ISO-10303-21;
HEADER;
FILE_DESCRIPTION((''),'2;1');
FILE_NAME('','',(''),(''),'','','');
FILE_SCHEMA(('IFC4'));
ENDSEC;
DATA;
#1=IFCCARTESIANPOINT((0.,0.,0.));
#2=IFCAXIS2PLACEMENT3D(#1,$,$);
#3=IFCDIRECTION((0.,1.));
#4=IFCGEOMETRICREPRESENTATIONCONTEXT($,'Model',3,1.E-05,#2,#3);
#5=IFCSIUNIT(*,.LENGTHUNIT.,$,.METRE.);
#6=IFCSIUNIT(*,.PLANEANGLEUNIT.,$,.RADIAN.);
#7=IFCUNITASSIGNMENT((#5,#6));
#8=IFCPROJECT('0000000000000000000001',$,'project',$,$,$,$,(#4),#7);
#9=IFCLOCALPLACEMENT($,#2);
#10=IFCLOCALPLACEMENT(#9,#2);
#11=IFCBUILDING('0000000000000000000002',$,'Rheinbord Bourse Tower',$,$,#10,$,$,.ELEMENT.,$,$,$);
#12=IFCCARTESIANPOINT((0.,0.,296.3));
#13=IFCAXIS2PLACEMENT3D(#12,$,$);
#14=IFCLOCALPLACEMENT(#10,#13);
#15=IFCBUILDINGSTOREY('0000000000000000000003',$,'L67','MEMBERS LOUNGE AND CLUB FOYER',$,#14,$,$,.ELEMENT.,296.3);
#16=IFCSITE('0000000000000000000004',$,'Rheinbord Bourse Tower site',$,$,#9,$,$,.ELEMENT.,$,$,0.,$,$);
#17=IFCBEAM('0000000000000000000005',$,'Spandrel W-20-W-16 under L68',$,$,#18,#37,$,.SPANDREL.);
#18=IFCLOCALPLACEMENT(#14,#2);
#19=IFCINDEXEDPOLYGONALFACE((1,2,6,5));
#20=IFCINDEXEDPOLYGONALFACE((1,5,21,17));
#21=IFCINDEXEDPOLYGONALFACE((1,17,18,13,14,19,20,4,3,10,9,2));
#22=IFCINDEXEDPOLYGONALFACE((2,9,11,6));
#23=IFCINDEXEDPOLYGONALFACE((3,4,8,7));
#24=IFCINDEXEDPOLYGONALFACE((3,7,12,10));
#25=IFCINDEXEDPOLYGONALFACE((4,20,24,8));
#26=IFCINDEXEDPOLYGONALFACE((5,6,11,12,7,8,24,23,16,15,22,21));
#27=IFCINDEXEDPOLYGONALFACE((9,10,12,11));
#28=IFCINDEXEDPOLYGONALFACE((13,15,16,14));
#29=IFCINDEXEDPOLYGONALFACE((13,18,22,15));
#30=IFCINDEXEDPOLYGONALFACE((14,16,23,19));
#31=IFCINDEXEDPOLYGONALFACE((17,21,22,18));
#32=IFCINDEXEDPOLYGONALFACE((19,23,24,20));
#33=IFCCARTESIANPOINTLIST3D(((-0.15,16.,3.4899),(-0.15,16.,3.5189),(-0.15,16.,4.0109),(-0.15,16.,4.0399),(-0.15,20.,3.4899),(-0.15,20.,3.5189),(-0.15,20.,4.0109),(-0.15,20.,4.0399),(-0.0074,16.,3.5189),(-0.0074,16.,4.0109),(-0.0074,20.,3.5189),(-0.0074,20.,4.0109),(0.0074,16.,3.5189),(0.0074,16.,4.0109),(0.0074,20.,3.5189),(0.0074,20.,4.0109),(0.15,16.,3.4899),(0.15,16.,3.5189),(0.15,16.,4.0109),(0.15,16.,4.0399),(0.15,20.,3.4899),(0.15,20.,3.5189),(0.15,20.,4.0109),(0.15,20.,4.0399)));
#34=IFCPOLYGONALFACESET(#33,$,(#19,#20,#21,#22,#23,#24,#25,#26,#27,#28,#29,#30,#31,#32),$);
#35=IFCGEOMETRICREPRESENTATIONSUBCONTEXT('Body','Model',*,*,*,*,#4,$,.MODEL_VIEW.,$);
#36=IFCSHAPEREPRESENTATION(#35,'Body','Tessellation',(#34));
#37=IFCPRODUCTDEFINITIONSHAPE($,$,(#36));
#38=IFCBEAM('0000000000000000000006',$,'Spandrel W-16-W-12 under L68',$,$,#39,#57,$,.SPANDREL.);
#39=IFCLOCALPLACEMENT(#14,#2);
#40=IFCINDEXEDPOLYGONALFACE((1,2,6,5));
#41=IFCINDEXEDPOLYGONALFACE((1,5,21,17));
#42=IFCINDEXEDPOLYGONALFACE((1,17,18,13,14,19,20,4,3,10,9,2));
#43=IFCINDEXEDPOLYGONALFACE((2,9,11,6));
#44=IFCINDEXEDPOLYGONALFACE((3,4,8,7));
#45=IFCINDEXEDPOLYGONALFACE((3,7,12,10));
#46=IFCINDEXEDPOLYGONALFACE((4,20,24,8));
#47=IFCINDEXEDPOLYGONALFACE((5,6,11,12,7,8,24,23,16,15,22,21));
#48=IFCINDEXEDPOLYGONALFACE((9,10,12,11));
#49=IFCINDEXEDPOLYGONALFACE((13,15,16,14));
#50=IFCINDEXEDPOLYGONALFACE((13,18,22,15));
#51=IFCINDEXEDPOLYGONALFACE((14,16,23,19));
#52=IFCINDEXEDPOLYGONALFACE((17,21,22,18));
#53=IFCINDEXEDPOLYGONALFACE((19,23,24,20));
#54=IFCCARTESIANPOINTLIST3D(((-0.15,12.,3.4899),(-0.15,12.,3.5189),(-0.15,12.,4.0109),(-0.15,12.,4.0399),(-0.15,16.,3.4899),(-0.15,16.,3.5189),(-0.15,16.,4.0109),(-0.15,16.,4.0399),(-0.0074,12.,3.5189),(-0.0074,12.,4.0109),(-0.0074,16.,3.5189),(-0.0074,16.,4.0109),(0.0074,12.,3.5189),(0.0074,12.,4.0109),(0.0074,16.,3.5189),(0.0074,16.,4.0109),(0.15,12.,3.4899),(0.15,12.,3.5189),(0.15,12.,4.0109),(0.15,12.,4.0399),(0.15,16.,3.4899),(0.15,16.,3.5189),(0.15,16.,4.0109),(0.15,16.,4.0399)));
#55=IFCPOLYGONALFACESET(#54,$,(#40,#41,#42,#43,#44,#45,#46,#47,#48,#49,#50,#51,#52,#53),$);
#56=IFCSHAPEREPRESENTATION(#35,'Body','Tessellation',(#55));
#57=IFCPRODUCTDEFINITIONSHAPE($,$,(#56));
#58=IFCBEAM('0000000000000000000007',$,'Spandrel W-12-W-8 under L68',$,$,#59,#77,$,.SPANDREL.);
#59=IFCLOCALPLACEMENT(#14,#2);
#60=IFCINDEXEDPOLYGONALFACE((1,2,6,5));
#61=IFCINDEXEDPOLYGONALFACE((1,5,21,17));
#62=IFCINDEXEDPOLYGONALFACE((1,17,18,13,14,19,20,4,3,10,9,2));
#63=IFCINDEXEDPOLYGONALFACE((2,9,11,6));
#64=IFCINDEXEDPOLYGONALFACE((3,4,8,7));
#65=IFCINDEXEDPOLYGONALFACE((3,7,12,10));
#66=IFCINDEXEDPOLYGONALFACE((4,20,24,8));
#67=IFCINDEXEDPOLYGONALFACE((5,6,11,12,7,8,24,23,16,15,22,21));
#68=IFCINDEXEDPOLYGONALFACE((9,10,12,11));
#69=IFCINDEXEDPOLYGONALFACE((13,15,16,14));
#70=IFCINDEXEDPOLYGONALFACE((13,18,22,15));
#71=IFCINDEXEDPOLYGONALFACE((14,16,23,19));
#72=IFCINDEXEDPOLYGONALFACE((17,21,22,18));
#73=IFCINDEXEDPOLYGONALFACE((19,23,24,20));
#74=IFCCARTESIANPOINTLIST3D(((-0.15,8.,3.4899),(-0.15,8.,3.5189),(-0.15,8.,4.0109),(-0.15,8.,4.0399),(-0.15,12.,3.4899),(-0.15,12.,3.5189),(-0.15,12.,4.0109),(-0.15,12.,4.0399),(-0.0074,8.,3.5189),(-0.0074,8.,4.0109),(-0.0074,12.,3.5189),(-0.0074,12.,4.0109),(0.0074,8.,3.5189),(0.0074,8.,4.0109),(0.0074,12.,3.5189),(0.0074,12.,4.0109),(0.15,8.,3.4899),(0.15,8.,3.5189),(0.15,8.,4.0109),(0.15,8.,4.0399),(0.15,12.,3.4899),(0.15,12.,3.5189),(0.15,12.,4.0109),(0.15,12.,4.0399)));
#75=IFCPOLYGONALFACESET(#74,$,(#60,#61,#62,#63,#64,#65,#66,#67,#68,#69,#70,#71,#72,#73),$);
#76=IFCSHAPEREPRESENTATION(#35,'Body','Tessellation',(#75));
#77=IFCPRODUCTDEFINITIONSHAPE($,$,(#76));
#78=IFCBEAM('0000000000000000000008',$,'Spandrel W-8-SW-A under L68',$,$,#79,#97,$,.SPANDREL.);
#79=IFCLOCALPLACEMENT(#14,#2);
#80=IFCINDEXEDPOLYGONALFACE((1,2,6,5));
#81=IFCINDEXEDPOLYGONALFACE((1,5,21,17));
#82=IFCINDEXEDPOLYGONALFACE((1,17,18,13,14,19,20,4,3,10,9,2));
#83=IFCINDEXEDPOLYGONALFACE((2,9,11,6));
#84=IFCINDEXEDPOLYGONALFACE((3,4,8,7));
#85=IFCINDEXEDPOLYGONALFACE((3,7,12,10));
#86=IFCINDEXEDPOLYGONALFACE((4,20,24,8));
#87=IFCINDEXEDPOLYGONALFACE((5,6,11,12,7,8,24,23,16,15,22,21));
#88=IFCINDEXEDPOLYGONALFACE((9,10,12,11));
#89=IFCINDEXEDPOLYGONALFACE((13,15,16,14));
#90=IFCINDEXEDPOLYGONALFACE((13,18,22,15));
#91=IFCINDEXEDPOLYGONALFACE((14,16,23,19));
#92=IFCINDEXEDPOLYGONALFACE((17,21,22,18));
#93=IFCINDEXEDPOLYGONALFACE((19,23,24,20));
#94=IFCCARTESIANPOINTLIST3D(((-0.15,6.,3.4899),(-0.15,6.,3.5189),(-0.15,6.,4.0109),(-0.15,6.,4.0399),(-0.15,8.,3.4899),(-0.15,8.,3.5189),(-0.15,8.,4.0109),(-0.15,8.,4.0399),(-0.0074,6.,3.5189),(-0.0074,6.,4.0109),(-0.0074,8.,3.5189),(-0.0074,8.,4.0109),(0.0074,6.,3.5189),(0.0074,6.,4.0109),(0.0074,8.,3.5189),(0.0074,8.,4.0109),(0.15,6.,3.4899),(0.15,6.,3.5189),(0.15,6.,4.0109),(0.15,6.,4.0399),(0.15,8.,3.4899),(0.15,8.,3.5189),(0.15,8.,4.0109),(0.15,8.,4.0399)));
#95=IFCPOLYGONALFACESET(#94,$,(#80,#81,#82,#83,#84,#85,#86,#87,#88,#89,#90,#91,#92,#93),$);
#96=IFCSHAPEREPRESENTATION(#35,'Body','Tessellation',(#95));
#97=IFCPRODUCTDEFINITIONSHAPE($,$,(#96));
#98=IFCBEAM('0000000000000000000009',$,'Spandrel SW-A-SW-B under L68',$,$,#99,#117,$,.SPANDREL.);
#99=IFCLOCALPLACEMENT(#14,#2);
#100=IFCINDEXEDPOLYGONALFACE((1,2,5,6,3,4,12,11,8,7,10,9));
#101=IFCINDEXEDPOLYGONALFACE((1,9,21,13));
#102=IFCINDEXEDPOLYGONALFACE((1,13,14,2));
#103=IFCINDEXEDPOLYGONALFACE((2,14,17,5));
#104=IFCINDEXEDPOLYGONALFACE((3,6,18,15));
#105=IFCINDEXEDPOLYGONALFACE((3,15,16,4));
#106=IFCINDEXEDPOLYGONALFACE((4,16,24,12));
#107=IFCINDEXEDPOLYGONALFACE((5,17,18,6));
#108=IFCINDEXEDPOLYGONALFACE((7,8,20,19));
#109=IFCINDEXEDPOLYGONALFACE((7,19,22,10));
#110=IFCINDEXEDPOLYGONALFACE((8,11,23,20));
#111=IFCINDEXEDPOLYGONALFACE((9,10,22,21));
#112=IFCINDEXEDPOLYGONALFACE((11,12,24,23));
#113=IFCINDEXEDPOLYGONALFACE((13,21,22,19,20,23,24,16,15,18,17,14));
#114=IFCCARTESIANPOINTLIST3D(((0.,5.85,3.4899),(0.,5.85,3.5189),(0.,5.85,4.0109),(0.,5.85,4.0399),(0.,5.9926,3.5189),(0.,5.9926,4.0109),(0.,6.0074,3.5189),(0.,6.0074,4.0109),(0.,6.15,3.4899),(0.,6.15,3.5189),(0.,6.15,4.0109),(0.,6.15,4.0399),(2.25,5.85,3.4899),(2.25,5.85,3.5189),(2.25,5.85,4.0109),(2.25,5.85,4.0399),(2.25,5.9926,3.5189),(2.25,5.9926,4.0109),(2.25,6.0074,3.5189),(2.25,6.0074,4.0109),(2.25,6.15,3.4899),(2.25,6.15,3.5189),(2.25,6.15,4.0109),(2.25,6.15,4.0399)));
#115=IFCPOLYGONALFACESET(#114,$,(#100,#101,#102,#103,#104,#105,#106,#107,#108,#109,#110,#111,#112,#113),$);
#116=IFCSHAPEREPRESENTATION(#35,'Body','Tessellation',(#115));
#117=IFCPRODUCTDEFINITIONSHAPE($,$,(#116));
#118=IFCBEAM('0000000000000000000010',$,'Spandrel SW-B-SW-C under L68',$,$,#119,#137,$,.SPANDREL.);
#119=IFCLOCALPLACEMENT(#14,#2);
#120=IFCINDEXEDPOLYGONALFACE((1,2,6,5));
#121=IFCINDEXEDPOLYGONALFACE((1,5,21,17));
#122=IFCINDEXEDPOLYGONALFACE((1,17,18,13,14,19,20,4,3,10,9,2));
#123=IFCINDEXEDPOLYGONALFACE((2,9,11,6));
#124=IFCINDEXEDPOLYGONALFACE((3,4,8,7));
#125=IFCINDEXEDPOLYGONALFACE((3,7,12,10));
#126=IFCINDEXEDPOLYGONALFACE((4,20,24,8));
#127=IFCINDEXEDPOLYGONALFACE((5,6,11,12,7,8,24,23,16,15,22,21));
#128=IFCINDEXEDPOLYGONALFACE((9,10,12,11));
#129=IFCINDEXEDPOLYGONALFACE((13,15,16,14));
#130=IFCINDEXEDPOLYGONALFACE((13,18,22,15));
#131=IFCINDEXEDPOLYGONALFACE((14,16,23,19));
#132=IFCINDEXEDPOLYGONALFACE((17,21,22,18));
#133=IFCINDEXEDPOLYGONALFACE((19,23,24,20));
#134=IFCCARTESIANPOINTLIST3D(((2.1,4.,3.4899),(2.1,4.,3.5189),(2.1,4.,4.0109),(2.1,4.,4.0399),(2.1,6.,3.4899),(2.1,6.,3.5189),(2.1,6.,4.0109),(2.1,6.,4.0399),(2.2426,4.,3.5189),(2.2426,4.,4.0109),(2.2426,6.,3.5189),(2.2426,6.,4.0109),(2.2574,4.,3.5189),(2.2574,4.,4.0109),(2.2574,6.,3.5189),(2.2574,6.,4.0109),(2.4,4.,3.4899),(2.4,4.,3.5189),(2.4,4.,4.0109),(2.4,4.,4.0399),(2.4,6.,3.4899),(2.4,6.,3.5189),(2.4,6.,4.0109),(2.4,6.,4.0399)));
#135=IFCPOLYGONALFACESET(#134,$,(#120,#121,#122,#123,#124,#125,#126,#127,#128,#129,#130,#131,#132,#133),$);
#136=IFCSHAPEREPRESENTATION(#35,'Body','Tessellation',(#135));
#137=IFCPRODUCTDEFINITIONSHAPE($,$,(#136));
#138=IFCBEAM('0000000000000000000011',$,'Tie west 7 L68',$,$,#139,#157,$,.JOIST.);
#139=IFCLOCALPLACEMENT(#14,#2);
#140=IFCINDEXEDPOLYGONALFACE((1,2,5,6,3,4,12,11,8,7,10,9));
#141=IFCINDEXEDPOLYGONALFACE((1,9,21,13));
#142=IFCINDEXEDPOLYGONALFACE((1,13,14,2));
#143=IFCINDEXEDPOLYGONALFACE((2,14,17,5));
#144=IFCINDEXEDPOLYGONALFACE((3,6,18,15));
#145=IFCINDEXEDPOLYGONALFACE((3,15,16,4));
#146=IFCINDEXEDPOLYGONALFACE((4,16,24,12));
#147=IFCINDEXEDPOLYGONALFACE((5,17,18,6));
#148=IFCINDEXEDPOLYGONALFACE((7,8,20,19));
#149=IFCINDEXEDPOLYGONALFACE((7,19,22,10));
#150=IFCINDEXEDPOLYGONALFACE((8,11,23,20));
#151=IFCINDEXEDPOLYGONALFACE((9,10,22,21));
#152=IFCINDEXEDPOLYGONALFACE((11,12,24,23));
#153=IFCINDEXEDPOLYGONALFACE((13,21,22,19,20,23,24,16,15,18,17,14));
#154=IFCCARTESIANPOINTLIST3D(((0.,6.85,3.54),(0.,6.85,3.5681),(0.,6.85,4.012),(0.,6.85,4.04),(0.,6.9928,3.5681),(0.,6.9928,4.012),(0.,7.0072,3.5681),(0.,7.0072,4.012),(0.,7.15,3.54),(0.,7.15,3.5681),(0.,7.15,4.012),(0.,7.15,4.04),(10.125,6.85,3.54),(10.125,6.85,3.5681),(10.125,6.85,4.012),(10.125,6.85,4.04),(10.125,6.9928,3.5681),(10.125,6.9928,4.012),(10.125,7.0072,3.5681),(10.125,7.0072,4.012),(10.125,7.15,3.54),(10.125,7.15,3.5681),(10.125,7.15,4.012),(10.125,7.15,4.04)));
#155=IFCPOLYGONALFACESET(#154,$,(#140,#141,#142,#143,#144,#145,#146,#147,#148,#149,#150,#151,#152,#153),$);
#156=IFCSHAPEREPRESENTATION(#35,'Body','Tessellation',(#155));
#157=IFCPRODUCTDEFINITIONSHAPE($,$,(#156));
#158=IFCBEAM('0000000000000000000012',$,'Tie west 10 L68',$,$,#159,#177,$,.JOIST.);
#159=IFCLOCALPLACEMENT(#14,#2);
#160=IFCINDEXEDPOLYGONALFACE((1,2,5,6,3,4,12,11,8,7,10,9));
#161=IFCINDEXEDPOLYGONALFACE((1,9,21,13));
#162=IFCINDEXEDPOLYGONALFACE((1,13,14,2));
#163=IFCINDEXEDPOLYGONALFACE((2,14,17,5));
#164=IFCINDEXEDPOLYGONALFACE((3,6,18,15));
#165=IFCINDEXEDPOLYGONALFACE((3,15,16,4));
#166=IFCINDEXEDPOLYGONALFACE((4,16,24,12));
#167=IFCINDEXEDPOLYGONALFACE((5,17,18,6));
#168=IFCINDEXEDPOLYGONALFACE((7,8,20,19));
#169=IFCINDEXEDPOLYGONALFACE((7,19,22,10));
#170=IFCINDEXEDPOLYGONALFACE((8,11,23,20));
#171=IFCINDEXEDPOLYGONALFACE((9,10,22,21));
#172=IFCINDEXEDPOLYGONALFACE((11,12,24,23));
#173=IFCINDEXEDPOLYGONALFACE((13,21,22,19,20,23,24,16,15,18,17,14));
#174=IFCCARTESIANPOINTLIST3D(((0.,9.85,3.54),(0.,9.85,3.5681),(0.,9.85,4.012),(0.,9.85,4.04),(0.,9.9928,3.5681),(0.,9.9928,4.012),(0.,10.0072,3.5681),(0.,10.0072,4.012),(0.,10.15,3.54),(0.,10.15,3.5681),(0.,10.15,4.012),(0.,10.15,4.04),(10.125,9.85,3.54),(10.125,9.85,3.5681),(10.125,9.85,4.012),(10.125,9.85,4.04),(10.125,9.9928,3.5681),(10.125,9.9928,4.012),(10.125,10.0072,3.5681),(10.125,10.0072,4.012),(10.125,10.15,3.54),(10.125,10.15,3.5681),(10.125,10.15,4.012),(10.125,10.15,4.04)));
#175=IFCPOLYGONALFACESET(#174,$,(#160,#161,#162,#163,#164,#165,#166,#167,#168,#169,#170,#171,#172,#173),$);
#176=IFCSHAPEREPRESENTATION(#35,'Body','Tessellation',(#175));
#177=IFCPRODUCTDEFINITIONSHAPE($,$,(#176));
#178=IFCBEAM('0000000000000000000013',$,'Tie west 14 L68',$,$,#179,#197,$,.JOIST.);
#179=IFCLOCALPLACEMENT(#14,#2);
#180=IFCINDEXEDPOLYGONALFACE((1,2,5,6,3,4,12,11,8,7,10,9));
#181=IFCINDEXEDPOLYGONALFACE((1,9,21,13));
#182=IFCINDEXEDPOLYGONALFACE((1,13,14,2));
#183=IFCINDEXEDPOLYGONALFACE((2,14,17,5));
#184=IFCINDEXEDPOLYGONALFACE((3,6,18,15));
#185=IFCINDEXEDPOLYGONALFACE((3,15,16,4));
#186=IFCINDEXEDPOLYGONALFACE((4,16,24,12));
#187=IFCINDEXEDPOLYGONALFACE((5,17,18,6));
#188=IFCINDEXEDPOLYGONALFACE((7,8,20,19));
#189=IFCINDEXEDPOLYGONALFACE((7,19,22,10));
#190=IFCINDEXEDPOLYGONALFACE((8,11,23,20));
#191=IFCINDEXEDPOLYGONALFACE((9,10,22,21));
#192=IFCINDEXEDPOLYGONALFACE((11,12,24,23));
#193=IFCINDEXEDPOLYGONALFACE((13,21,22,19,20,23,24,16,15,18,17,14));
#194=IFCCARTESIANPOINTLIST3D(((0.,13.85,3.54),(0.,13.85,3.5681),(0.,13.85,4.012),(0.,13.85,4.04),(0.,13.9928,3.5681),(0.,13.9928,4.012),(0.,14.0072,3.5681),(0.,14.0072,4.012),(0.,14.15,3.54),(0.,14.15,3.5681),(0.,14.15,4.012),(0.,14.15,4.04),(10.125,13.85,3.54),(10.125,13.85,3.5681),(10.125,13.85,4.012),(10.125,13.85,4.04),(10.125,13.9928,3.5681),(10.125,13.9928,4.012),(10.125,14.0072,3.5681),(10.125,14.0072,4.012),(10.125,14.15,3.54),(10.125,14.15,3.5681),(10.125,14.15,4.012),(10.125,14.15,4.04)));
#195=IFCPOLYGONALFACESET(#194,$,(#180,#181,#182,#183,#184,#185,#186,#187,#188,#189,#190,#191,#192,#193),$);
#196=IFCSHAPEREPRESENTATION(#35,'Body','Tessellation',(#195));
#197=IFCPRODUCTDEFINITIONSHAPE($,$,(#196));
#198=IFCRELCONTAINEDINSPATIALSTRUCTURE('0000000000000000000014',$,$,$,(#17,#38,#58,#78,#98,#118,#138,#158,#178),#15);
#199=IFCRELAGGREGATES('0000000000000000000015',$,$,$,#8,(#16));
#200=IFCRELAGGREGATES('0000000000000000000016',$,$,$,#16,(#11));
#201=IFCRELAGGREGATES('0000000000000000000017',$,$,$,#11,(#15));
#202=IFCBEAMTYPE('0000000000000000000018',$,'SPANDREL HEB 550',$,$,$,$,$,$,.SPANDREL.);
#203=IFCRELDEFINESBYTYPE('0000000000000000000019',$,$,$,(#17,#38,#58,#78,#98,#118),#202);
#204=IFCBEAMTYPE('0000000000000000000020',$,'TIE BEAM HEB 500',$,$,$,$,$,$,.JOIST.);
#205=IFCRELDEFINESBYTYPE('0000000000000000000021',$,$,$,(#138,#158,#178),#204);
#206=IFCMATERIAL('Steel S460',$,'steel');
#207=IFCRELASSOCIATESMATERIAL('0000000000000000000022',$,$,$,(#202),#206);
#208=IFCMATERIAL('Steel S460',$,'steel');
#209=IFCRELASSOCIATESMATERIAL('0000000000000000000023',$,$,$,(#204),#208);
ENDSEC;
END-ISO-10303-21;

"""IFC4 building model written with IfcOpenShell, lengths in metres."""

from ifc_helpers import new_model, si_unit, direction, frame, origin, origin_2d, place, context, subcontext, project, spatial, i_section, extrude, material, material_profile, profile_set, type_object, element, save


model = new_model("IFC4")

# Units and contexts
model_context = context("Model", 3, precision=1e-05, world=origin(), true_north=direction((0.0, 1.0)))
body_context = subcontext(model_context, "Body", "Model", "MODEL_VIEW")
ifc_project = project(units=[si_unit("LENGTHUNIT", "METRE"), si_unit("PLANEANGLEUNIT", "RADIAN")], contexts=[model_context])

# Site, building, storey
site_placement = place(None, origin())
site = spatial("IfcSite", under=ifc_project, at=site_placement, Name="Rheinbord Bourse Tower site", CompositionType="ELEMENT", RefElevation=0.0)
building_placement = place(site_placement, origin())
building = spatial("IfcBuilding", under=site, at=building_placement, Name="Rheinbord Bourse Tower", CompositionType="ELEMENT")
storey_placement = place(building_placement, frame((0.0, 0.0, 296.3)))
storey = spatial("IfcBuildingStorey", under=building, at=storey_placement, Name="L67", Description="MEMBERS LOUNGE AND CLUB FOYER", CompositionType="ELEMENT", Elevation=296.3)

# Beams
ifc_material_1 = material(Name="Steel S460", Category="steel")
ifc_material_profile_1 = material_profile(ifc_material_1, i_section(OverallWidth=0.3, OverallDepth=0.55, WebThickness=0.0149, FlangeThickness=0.0291, at=origin_2d()), Name="HEB 550")
ifc_profile_set_1 = profile_set([ifc_material_profile_1], Name="Steel S460")
beam_type_1 = type_object("IfcBeamType", Name="SPANDREL HEB 550", PredefinedType="SPANDREL", material=ifc_profile_set_1)
for number, where, z_axis, x_axis, name in (
    (1, (0.0, 20.0, 3.7649), (0.0, -1.0, 0.0), (1.0, 0.0, 0.0), "Spandrel W-20-W-16 under L68"),
    (2, (0.0, 16.0, 3.7649), (0.0, -1.0, 0.0), (1.0, 0.0, 0.0), "Spandrel W-16-W-12 under L68"),
    (3, (0.0, 12.0, 3.7649), (0.0, -1.0, 0.0), (1.0, 0.0, 0.0), "Spandrel W-12-W-8 under L68"),
):
    element("IfcBeam", number, at=place(storey_placement, frame(where, z_axis=z_axis, x_axis=x_axis)), inside=storey, type_object=beam_type_1, Name=name, PredefinedType="SPANDREL", context=body_context, shape_type="SweptSolid", body=[
        extrude(i_section(OverallWidth=0.3, OverallDepth=0.55, WebThickness=0.0149, FlangeThickness=0.0291, at=origin_2d()), origin(), (0.0, 0.0, 1.0), 4.0),
    ])
beam_1_placement = place(storey_placement, frame((0.0, 8.0, 3.7649), z_axis=(0.0, -1.0, 0.0), x_axis=(1.0, 0.0, 0.0)))
element("IfcBeam", 4, at=beam_1_placement, inside=storey, type_object=beam_type_1, Name="Spandrel W-8-SW-A under L68", PredefinedType="SPANDREL", context=body_context, shape_type="SweptSolid", body=[
    extrude(i_section(OverallWidth=0.3, OverallDepth=0.55, WebThickness=0.0149, FlangeThickness=0.0291, at=origin_2d()), origin(), (0.0, 0.0, 1.0), 2.0),
])
beam_2_placement = place(storey_placement, frame((0.0, 6.0, 3.7649), z_axis=(1.0, 0.0, 0.0), x_axis=(0.0, 1.0, 0.0)))
element("IfcBeam", 5, at=beam_2_placement, inside=storey, type_object=beam_type_1, Name="Spandrel SW-A-SW-B under L68", PredefinedType="SPANDREL", context=body_context, shape_type="SweptSolid", body=[
    extrude(i_section(OverallWidth=0.3, OverallDepth=0.55, WebThickness=0.0149, FlangeThickness=0.0291, at=origin_2d()), origin(), (0.0, 0.0, 1.0), 2.25),
])
beam_3_placement = place(storey_placement, frame((2.25, 6.0, 3.7649), z_axis=(0.0, -1.0, 0.0), x_axis=(1.0, 0.0, 0.0)))
element("IfcBeam", 6, at=beam_3_placement, inside=storey, type_object=beam_type_1, Name="Spandrel SW-B-SW-C under L68", PredefinedType="SPANDREL", context=body_context, shape_type="SweptSolid", body=[
    extrude(i_section(OverallWidth=0.3, OverallDepth=0.55, WebThickness=0.0149, FlangeThickness=0.0291, at=origin_2d()), origin(), (0.0, 0.0, 1.0), 2.0),
])
ifc_material_2 = material(Name="Steel S460", Category="steel")
ifc_material_profile_2 = material_profile(ifc_material_2, i_section(OverallWidth=0.3, OverallDepth=0.5, WebThickness=0.0144, FlangeThickness=0.0281, at=origin_2d()), Name="HEB 500")
ifc_profile_set_2 = profile_set([ifc_material_profile_2], Name="Steel S460")
beam_type_2 = type_object("IfcBeamType", Name="TIE BEAM HEB 500", PredefinedType="JOIST", material=ifc_profile_set_2)
for number, where, z_axis, x_axis, name in (
    (7, (0.0, 7.0, 3.79), (1.0, 0.0, 0.0), (0.0, 1.0, 0.0), "Tie west 7 L68"),
    (8, (0.0, 10.0, 3.79), (1.0, 0.0, 0.0), (0.0, 1.0, 0.0), "Tie west 10 L68"),
    (9, (0.0, 14.0, 3.79), (1.0, 0.0, 0.0), (0.0, 1.0, 0.0), "Tie west 14 L68"),
):
    element("IfcBeam", number, at=place(storey_placement, frame(where, z_axis=z_axis, x_axis=x_axis)), inside=storey, type_object=beam_type_2, Name=name, PredefinedType="JOIST", context=body_context, shape_type="SweptSolid", body=[
        extrude(i_section(OverallWidth=0.3, OverallDepth=0.5, WebThickness=0.0144, FlangeThickness=0.0281, at=origin_2d()), origin(), (0.0, 0.0, 1.0), 10.125),
    ])

save(model, "model.ifc")
